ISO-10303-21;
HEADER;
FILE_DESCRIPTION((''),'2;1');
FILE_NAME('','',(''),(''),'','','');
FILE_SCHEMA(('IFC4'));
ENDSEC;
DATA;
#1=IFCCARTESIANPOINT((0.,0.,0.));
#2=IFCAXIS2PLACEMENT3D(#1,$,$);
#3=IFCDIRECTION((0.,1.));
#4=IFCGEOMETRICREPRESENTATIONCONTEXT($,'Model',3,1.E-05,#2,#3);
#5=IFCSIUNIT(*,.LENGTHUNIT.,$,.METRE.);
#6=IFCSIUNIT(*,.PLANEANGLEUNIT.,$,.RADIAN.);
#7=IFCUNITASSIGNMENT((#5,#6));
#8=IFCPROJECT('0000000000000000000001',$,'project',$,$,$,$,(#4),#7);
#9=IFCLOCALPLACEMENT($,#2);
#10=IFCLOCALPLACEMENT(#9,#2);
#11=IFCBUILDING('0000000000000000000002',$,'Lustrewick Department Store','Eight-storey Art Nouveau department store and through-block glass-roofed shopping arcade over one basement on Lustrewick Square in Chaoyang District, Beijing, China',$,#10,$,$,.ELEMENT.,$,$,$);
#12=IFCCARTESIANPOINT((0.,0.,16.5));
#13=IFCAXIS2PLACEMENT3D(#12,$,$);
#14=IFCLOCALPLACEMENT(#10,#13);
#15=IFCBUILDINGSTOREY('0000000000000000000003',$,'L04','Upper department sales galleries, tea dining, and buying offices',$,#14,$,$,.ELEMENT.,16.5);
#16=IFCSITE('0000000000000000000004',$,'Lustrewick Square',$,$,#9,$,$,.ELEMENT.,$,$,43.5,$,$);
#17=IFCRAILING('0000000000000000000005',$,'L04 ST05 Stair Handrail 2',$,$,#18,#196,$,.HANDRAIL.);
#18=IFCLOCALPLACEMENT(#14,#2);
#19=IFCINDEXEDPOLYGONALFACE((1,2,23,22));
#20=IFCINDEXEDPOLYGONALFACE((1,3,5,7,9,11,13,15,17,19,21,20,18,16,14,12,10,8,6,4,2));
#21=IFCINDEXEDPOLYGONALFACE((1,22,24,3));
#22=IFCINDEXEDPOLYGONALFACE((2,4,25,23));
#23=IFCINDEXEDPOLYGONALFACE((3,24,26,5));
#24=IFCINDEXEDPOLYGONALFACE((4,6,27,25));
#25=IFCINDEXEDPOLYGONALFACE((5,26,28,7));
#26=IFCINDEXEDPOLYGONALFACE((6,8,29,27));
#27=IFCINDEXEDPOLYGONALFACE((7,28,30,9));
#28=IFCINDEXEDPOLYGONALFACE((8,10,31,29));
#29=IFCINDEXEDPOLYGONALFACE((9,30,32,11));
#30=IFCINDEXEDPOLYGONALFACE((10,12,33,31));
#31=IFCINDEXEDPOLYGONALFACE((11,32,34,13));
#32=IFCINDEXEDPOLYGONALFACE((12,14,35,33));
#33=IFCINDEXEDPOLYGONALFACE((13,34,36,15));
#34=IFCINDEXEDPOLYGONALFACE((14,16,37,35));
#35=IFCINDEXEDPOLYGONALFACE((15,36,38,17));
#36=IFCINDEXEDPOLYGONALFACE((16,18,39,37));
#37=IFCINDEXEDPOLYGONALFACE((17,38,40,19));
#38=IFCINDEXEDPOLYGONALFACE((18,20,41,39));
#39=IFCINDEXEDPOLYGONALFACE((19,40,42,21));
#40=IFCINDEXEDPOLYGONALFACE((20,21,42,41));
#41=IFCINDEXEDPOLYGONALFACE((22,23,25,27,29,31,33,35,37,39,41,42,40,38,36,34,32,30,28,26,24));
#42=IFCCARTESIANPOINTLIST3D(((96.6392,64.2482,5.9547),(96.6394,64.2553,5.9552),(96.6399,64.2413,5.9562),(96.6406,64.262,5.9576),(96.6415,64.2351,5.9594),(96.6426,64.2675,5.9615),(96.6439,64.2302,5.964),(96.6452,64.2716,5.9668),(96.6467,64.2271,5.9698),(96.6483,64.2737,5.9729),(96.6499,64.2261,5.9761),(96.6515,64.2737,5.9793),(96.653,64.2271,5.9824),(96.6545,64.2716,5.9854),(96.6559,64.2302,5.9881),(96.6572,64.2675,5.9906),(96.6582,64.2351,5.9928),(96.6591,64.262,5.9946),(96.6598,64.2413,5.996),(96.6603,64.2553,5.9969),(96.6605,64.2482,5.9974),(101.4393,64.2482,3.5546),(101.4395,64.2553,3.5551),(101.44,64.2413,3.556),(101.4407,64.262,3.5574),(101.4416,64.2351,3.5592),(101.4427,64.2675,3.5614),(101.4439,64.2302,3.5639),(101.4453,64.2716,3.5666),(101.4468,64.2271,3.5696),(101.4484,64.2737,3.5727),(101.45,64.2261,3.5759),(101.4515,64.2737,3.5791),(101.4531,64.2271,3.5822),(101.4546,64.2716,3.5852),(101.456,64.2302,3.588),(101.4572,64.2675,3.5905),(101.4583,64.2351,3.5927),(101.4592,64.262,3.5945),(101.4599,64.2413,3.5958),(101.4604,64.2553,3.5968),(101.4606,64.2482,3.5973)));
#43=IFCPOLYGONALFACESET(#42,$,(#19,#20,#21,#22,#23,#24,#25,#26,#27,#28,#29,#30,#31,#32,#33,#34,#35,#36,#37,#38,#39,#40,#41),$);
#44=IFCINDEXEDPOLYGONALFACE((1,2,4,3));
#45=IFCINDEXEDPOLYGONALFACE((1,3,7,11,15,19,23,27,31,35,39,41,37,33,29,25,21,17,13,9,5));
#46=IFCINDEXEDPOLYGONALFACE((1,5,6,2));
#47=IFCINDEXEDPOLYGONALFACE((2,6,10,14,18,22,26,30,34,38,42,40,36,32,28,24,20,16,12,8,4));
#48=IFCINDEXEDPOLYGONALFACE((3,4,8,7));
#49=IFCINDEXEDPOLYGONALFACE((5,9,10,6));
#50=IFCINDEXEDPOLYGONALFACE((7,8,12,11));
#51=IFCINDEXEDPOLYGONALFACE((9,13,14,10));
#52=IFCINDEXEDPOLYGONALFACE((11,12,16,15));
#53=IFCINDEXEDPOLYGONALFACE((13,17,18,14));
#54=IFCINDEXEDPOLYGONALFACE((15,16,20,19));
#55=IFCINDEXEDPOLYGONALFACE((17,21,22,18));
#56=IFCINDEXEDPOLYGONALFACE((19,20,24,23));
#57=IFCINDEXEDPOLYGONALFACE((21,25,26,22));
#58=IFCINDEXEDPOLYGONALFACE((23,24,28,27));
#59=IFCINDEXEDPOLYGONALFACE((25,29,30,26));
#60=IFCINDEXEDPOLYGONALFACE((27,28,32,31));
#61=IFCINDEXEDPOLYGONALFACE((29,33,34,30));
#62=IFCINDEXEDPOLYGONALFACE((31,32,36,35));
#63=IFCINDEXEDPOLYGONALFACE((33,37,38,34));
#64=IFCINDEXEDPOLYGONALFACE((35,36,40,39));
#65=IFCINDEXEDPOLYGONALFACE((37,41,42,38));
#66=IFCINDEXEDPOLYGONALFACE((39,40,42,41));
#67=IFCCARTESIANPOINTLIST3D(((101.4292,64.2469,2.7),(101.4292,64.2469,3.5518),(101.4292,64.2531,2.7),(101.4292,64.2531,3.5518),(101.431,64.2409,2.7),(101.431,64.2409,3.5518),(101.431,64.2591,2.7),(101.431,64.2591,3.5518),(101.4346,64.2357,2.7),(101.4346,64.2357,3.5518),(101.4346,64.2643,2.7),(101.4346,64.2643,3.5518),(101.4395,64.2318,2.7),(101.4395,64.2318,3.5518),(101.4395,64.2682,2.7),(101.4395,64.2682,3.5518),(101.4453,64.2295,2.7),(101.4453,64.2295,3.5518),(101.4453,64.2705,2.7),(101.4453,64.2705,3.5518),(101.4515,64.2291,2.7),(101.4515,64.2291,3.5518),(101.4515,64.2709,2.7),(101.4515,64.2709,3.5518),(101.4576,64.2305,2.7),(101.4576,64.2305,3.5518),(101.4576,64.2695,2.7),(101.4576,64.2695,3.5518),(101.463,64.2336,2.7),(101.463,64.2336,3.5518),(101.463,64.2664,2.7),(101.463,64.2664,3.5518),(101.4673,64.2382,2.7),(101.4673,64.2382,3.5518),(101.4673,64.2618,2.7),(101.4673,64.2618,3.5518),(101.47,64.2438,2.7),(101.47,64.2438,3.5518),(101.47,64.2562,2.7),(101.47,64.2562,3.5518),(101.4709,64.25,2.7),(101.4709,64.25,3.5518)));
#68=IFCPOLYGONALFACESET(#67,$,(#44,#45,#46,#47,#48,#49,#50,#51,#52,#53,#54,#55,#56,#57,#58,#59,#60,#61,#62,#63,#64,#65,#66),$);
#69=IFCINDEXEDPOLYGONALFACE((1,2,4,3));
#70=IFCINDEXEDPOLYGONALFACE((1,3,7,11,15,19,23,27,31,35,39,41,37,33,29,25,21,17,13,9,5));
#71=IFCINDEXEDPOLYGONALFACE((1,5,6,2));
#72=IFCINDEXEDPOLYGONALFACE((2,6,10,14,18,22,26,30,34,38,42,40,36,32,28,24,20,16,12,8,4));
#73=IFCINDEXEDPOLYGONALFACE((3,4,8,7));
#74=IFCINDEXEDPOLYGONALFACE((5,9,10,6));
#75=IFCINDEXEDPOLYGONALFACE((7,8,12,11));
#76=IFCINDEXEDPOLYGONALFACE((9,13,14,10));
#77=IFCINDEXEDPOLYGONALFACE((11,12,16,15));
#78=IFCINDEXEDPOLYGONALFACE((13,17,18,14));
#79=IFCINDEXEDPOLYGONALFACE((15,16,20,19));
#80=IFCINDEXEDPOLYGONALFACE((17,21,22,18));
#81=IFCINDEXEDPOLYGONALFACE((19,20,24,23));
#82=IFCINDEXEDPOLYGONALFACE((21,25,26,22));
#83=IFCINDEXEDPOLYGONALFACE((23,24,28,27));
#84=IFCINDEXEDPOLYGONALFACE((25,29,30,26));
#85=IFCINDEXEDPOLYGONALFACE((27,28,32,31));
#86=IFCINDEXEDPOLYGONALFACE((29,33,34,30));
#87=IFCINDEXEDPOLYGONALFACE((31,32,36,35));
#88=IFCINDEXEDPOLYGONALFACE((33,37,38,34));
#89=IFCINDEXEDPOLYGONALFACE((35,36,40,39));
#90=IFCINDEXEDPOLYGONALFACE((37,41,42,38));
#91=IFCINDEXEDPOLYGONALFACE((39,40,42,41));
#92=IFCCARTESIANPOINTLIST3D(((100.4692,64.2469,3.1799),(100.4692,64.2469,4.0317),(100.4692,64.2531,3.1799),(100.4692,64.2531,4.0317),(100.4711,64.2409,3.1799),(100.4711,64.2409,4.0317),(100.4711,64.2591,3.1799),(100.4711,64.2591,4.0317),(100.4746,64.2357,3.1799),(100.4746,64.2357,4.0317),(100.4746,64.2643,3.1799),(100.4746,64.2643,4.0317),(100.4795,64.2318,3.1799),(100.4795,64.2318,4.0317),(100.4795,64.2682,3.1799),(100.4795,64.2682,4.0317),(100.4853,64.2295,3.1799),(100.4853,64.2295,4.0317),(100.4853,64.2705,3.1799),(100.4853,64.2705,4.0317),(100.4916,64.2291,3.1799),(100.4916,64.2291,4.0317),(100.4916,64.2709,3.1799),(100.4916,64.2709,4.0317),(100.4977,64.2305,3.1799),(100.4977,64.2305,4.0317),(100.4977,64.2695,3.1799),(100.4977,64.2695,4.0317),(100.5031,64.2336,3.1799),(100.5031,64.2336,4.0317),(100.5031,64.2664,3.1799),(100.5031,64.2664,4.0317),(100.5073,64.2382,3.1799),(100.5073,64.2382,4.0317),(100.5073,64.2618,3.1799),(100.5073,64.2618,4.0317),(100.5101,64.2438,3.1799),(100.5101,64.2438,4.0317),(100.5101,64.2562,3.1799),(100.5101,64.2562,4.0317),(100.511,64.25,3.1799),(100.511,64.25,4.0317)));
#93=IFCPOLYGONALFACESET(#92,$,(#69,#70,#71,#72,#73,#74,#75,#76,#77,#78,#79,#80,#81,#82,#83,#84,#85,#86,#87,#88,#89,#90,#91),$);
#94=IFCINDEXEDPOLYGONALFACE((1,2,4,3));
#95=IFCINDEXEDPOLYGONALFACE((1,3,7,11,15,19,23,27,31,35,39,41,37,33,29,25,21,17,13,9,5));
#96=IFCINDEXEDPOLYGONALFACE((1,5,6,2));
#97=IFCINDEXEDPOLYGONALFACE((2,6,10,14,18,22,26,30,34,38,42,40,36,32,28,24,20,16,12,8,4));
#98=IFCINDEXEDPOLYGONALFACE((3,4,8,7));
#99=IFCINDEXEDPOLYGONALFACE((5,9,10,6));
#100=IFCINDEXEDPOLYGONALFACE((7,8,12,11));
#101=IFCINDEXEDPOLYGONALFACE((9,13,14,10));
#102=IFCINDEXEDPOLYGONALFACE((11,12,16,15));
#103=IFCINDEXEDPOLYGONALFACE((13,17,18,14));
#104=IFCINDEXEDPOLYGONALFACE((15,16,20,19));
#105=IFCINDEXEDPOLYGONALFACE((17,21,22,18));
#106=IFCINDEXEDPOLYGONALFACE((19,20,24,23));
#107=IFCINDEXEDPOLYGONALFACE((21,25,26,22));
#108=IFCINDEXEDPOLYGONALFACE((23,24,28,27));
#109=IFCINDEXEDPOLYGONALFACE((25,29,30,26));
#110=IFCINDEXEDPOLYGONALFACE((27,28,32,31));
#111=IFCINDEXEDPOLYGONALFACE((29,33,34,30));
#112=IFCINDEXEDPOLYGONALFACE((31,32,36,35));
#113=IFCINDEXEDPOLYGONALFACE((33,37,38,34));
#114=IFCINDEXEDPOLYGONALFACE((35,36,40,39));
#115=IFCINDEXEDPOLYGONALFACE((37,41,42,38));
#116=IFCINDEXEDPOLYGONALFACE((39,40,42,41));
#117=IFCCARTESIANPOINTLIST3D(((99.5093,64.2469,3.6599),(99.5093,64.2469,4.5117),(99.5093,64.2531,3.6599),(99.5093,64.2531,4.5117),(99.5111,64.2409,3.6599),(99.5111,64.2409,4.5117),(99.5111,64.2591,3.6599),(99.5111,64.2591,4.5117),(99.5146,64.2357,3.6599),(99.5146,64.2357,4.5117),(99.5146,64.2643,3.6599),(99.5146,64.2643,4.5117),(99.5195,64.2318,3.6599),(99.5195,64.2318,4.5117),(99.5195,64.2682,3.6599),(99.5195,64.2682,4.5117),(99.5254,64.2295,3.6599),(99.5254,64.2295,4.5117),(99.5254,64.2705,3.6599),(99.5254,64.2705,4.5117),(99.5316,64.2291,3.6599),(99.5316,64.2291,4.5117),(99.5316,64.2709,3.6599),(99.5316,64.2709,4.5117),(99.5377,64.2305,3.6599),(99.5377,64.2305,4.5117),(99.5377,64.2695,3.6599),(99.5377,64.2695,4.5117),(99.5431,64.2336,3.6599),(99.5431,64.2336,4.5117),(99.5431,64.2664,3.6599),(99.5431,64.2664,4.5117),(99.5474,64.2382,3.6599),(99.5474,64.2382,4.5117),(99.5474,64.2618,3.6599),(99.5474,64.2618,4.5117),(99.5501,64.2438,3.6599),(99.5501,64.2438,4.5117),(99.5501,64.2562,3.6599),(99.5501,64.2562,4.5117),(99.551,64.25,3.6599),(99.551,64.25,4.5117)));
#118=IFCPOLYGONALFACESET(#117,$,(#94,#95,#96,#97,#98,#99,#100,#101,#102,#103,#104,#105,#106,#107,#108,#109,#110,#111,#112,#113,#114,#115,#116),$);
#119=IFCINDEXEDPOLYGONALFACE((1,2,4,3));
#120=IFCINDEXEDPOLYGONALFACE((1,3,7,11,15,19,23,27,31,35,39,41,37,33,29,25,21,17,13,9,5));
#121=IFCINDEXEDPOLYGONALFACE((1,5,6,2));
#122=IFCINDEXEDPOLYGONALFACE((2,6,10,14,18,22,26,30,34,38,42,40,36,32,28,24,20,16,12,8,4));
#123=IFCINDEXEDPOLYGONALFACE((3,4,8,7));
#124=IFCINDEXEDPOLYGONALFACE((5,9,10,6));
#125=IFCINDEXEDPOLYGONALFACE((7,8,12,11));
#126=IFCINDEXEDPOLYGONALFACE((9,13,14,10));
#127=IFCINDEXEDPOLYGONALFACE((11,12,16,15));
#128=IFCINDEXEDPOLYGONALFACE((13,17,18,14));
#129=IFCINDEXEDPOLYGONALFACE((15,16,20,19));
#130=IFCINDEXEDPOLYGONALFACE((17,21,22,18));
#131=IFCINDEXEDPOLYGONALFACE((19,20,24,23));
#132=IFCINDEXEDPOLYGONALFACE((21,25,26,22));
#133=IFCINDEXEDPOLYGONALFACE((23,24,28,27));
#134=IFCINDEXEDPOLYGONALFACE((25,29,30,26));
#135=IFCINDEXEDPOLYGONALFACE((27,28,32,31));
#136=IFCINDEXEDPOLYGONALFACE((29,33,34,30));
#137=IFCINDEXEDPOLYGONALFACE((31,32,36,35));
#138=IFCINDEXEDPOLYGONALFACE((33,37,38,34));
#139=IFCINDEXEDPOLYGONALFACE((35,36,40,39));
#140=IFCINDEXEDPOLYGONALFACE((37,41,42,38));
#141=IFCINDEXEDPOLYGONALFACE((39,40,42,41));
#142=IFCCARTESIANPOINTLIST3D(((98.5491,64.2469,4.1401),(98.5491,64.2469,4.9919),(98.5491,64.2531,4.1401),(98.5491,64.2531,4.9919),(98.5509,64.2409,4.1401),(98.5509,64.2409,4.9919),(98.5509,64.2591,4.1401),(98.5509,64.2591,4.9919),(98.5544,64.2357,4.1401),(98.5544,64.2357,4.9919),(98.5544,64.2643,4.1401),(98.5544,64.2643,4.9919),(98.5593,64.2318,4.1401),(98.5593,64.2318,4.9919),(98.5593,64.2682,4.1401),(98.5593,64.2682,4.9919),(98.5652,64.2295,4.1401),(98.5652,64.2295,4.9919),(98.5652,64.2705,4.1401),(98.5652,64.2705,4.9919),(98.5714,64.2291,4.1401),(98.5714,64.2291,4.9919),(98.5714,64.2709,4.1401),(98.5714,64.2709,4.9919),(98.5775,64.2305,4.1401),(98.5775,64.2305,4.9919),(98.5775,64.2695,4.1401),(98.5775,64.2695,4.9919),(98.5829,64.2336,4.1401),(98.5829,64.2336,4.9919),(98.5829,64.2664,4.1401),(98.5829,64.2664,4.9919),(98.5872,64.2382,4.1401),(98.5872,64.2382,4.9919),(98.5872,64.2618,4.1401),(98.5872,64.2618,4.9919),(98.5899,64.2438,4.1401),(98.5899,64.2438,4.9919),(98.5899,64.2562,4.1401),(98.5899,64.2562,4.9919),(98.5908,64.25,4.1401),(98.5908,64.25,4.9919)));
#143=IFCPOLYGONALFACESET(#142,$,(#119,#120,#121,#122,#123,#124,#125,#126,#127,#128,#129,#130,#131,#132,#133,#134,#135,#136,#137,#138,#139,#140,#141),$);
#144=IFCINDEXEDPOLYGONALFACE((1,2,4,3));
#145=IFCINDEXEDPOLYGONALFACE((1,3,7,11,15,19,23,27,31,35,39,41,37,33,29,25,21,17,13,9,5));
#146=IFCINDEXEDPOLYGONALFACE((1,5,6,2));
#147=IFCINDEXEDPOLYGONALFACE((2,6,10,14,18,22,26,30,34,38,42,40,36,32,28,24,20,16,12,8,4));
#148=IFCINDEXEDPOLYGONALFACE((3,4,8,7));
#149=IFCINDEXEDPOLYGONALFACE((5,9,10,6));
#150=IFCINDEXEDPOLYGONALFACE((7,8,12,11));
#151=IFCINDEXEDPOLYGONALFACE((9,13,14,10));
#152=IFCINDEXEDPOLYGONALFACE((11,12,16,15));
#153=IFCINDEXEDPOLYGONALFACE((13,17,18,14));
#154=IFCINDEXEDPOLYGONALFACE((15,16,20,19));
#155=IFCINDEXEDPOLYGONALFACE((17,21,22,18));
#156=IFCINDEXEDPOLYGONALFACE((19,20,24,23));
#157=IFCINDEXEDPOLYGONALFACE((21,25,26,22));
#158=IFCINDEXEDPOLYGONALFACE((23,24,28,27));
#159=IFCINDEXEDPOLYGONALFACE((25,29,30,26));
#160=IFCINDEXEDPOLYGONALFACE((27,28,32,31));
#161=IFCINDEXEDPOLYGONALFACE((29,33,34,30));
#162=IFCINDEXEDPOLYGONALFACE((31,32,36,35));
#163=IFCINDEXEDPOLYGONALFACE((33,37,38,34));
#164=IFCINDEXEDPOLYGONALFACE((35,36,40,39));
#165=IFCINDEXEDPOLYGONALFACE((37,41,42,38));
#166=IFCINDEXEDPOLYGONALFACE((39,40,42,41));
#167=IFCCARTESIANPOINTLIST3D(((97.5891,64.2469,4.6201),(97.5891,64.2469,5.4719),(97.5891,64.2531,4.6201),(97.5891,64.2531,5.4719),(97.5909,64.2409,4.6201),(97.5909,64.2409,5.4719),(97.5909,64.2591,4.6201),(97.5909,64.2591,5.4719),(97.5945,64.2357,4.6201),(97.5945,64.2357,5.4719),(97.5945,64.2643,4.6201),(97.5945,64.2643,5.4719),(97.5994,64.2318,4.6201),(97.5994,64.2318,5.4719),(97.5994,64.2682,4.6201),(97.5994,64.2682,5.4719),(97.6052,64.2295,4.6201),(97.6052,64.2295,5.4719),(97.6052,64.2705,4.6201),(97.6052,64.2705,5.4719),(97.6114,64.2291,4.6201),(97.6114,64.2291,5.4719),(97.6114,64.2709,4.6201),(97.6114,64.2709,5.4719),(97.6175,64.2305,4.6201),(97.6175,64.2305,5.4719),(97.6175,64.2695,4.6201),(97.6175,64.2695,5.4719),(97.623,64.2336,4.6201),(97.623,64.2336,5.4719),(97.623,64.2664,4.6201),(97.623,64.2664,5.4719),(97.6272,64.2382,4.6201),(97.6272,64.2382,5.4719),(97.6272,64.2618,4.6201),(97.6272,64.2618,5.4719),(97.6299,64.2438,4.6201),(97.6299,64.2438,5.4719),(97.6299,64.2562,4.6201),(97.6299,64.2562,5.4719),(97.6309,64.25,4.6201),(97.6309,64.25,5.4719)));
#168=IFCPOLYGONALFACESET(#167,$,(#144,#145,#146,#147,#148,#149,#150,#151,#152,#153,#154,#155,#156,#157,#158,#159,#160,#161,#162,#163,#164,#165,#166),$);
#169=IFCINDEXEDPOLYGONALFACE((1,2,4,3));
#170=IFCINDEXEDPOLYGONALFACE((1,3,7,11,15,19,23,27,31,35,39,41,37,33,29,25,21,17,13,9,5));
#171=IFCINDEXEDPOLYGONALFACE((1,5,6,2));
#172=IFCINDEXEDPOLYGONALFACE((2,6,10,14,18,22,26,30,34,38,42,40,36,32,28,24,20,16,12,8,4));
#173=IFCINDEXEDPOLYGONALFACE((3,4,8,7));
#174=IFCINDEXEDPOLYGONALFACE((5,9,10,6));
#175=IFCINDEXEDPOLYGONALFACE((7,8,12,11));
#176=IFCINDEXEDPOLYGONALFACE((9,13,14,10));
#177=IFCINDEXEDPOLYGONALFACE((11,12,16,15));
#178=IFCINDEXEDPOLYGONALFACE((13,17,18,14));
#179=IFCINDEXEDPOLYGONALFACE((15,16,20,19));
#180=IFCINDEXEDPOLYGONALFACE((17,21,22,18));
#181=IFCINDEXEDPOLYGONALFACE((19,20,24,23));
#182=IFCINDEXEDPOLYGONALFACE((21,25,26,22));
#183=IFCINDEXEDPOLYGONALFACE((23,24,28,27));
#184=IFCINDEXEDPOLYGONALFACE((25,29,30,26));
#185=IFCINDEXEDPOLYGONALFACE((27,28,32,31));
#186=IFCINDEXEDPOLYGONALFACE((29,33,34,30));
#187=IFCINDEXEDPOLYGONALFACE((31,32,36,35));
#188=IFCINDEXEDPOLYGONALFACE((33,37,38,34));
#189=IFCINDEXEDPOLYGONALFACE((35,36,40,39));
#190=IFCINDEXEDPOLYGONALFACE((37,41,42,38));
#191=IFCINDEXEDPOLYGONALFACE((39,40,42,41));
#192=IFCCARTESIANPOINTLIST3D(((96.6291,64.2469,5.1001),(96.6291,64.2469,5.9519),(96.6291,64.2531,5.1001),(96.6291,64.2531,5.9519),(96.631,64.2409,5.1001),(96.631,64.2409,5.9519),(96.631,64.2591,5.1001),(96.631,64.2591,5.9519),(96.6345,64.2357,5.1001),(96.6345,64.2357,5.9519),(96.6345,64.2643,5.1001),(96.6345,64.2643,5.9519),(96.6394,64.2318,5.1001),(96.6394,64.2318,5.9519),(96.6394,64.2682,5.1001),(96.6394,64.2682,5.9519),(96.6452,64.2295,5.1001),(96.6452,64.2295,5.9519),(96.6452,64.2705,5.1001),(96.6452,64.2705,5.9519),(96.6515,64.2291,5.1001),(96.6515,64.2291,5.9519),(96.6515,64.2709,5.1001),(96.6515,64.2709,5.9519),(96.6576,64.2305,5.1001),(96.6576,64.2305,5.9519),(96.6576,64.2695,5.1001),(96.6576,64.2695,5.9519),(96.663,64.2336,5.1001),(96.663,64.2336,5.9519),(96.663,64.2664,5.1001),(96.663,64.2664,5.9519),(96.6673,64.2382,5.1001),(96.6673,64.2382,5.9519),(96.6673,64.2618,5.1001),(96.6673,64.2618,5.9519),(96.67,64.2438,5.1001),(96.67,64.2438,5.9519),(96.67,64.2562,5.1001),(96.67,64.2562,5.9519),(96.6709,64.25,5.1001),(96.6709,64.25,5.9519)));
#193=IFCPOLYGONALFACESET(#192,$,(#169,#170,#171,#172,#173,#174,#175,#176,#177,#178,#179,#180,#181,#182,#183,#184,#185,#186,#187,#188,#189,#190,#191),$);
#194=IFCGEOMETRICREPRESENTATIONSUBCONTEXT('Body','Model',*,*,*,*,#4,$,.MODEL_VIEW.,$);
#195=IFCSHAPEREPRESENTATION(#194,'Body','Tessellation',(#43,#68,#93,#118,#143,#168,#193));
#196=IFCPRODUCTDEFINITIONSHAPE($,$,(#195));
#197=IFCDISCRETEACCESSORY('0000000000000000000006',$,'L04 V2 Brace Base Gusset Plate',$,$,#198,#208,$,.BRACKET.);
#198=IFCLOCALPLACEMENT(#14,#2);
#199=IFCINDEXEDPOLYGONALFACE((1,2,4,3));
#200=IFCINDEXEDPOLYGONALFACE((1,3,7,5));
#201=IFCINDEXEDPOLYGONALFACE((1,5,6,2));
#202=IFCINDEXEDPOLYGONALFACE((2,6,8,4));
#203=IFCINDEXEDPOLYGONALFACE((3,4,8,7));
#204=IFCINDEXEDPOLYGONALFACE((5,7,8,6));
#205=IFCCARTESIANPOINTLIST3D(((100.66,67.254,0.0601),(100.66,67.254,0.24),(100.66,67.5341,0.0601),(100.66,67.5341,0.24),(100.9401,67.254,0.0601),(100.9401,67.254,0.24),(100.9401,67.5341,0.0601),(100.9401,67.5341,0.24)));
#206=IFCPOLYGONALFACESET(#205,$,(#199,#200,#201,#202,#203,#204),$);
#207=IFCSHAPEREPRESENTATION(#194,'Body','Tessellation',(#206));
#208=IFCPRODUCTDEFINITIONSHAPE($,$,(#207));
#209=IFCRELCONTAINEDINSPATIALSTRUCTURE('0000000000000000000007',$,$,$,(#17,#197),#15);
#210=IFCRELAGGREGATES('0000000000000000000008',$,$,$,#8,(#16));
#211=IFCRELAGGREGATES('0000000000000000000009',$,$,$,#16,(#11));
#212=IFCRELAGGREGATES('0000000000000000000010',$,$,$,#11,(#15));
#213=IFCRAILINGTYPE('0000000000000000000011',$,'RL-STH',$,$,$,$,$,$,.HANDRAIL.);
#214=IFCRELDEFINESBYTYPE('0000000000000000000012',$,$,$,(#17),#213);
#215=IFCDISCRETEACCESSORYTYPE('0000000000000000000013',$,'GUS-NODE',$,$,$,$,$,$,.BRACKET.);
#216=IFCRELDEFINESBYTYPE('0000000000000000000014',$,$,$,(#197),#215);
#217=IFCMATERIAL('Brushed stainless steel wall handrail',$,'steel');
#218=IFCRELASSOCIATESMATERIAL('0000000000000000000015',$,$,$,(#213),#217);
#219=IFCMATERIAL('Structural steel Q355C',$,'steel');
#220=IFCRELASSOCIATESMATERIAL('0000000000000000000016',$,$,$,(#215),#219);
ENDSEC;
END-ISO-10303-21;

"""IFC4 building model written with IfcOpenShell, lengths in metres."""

from ifc_helpers import new_model, si_unit, direction, frame, origin, origin_2d, place, context, subcontext, project, spatial, rectangle, circle, extrude, material, type_object, element, save


model = new_model("IFC4")

# Units and contexts
model_context = context("Model", 3, precision=1e-05, world=origin(), true_north=direction((0.0, 1.0)))
body_context = subcontext(model_context, "Body", "Model", "MODEL_VIEW")
ifc_project = project(units=[si_unit("LENGTHUNIT", "METRE"), si_unit("PLANEANGLEUNIT", "RADIAN")], contexts=[model_context])

# Site, building, storey
site_placement = place(None, origin())
site = spatial("IfcSite", under=ifc_project, at=site_placement, Name="Lustrewick Square", CompositionType="ELEMENT", RefElevation=43.5)
building_placement = place(site_placement, origin())
building = spatial("IfcBuilding", under=site, at=building_placement, Name="Lustrewick Department Store", Description="Eight-storey Art Nouveau department store and through-block glass-roofed shopping arcade over one basement on Lustrewick Square in Chaoyang District, Beijing, China", CompositionType="ELEMENT")
storey_placement = place(building_placement, frame((0.0, 0.0, 16.5)))
storey = spatial("IfcBuildingStorey", under=building, at=storey_placement, Name="L04", Description="Upper department sales galleries, tea dining, and buying offices", CompositionType="ELEMENT", Elevation=16.5)

# Shared definitions
ifc_material_1 = material(Name="Structural steel Q355C", Category="steel")

# Railing
ifc_material_2 = material(Name="Brushed stainless steel wall handrail", Category="steel")
railing_type_1 = type_object("IfcRailingType", Name="RL-STH", PredefinedType="HANDRAIL", material=ifc_material_2)
railing_1_placement = place(storey_placement, frame((101.45, 64.25, 2.7)))
element("IfcRailing", 1, at=railing_1_placement, inside=storey, type_object=railing_type_1, Name="L04 ST05 Stair Handrail 2", PredefinedType="HANDRAIL", context=body_context, shape_type="SweptSolid", body=[
    extrude(circle(Radius=0.0239, at=origin_2d()), frame((0.0, 0.0, 0.876), z_axis=(-0.894418, 0.0, 0.447232), x_axis=(0.0, -1.0, 0.0)), (0.0, 0.0, 1.0), 5.3667),
    extrude(circle(Radius=0.021, at=origin_2d()), origin(), (0.0, 0.0, 1.0), 0.8518),
    extrude(circle(Radius=0.021, at=origin_2d()), frame((-0.96, 0.0, 0.48)), (0.0, 0.0, 1.0), 0.8518),
    extrude(circle(Radius=0.021, at=origin_2d()), frame((-1.9199, 0.0, 0.96)), (0.0, 0.0, 1.0), 0.8518),
    extrude(circle(Radius=0.021, at=origin_2d()), frame((-2.8801, 0.0, 1.4402)), (0.0, 0.0, 1.0), 0.8518),
    extrude(circle(Radius=0.021, at=origin_2d()), frame((-3.8401, 0.0, 1.9202)), (0.0, 0.0, 1.0), 0.8518),
    extrude(circle(Radius=0.021, at=origin_2d()), frame((-4.8, 0.0, 2.4001)), (0.0, 0.0, 1.0), 0.8518),
])

# Discrete accessory
discrete_accessory_type_1 = type_object("IfcDiscreteAccessoryType", Name="GUS-NODE", PredefinedType="BRACKET", material=ifc_material_1)
discrete_accessory_1_placement = place(storey_placement, frame((100.8, 67.394, 0.0601), z_axis=(0.0, 0.0, 1.0), x_axis=(1.0, 0.0, 0.0)))
element("IfcDiscreteAccessory", 2, at=discrete_accessory_1_placement, inside=storey, type_object=discrete_accessory_type_1, Name="L04 V2 Brace Base Gusset Plate", PredefinedType="BRACKET", context=body_context, shape_type="SweptSolid", body=[
    extrude(rectangle(XDim=0.28, YDim=0.28, at=origin_2d()), origin(), (0.0, 0.0, 1.0), 0.1799),
])

save(model, "model.ifc")
